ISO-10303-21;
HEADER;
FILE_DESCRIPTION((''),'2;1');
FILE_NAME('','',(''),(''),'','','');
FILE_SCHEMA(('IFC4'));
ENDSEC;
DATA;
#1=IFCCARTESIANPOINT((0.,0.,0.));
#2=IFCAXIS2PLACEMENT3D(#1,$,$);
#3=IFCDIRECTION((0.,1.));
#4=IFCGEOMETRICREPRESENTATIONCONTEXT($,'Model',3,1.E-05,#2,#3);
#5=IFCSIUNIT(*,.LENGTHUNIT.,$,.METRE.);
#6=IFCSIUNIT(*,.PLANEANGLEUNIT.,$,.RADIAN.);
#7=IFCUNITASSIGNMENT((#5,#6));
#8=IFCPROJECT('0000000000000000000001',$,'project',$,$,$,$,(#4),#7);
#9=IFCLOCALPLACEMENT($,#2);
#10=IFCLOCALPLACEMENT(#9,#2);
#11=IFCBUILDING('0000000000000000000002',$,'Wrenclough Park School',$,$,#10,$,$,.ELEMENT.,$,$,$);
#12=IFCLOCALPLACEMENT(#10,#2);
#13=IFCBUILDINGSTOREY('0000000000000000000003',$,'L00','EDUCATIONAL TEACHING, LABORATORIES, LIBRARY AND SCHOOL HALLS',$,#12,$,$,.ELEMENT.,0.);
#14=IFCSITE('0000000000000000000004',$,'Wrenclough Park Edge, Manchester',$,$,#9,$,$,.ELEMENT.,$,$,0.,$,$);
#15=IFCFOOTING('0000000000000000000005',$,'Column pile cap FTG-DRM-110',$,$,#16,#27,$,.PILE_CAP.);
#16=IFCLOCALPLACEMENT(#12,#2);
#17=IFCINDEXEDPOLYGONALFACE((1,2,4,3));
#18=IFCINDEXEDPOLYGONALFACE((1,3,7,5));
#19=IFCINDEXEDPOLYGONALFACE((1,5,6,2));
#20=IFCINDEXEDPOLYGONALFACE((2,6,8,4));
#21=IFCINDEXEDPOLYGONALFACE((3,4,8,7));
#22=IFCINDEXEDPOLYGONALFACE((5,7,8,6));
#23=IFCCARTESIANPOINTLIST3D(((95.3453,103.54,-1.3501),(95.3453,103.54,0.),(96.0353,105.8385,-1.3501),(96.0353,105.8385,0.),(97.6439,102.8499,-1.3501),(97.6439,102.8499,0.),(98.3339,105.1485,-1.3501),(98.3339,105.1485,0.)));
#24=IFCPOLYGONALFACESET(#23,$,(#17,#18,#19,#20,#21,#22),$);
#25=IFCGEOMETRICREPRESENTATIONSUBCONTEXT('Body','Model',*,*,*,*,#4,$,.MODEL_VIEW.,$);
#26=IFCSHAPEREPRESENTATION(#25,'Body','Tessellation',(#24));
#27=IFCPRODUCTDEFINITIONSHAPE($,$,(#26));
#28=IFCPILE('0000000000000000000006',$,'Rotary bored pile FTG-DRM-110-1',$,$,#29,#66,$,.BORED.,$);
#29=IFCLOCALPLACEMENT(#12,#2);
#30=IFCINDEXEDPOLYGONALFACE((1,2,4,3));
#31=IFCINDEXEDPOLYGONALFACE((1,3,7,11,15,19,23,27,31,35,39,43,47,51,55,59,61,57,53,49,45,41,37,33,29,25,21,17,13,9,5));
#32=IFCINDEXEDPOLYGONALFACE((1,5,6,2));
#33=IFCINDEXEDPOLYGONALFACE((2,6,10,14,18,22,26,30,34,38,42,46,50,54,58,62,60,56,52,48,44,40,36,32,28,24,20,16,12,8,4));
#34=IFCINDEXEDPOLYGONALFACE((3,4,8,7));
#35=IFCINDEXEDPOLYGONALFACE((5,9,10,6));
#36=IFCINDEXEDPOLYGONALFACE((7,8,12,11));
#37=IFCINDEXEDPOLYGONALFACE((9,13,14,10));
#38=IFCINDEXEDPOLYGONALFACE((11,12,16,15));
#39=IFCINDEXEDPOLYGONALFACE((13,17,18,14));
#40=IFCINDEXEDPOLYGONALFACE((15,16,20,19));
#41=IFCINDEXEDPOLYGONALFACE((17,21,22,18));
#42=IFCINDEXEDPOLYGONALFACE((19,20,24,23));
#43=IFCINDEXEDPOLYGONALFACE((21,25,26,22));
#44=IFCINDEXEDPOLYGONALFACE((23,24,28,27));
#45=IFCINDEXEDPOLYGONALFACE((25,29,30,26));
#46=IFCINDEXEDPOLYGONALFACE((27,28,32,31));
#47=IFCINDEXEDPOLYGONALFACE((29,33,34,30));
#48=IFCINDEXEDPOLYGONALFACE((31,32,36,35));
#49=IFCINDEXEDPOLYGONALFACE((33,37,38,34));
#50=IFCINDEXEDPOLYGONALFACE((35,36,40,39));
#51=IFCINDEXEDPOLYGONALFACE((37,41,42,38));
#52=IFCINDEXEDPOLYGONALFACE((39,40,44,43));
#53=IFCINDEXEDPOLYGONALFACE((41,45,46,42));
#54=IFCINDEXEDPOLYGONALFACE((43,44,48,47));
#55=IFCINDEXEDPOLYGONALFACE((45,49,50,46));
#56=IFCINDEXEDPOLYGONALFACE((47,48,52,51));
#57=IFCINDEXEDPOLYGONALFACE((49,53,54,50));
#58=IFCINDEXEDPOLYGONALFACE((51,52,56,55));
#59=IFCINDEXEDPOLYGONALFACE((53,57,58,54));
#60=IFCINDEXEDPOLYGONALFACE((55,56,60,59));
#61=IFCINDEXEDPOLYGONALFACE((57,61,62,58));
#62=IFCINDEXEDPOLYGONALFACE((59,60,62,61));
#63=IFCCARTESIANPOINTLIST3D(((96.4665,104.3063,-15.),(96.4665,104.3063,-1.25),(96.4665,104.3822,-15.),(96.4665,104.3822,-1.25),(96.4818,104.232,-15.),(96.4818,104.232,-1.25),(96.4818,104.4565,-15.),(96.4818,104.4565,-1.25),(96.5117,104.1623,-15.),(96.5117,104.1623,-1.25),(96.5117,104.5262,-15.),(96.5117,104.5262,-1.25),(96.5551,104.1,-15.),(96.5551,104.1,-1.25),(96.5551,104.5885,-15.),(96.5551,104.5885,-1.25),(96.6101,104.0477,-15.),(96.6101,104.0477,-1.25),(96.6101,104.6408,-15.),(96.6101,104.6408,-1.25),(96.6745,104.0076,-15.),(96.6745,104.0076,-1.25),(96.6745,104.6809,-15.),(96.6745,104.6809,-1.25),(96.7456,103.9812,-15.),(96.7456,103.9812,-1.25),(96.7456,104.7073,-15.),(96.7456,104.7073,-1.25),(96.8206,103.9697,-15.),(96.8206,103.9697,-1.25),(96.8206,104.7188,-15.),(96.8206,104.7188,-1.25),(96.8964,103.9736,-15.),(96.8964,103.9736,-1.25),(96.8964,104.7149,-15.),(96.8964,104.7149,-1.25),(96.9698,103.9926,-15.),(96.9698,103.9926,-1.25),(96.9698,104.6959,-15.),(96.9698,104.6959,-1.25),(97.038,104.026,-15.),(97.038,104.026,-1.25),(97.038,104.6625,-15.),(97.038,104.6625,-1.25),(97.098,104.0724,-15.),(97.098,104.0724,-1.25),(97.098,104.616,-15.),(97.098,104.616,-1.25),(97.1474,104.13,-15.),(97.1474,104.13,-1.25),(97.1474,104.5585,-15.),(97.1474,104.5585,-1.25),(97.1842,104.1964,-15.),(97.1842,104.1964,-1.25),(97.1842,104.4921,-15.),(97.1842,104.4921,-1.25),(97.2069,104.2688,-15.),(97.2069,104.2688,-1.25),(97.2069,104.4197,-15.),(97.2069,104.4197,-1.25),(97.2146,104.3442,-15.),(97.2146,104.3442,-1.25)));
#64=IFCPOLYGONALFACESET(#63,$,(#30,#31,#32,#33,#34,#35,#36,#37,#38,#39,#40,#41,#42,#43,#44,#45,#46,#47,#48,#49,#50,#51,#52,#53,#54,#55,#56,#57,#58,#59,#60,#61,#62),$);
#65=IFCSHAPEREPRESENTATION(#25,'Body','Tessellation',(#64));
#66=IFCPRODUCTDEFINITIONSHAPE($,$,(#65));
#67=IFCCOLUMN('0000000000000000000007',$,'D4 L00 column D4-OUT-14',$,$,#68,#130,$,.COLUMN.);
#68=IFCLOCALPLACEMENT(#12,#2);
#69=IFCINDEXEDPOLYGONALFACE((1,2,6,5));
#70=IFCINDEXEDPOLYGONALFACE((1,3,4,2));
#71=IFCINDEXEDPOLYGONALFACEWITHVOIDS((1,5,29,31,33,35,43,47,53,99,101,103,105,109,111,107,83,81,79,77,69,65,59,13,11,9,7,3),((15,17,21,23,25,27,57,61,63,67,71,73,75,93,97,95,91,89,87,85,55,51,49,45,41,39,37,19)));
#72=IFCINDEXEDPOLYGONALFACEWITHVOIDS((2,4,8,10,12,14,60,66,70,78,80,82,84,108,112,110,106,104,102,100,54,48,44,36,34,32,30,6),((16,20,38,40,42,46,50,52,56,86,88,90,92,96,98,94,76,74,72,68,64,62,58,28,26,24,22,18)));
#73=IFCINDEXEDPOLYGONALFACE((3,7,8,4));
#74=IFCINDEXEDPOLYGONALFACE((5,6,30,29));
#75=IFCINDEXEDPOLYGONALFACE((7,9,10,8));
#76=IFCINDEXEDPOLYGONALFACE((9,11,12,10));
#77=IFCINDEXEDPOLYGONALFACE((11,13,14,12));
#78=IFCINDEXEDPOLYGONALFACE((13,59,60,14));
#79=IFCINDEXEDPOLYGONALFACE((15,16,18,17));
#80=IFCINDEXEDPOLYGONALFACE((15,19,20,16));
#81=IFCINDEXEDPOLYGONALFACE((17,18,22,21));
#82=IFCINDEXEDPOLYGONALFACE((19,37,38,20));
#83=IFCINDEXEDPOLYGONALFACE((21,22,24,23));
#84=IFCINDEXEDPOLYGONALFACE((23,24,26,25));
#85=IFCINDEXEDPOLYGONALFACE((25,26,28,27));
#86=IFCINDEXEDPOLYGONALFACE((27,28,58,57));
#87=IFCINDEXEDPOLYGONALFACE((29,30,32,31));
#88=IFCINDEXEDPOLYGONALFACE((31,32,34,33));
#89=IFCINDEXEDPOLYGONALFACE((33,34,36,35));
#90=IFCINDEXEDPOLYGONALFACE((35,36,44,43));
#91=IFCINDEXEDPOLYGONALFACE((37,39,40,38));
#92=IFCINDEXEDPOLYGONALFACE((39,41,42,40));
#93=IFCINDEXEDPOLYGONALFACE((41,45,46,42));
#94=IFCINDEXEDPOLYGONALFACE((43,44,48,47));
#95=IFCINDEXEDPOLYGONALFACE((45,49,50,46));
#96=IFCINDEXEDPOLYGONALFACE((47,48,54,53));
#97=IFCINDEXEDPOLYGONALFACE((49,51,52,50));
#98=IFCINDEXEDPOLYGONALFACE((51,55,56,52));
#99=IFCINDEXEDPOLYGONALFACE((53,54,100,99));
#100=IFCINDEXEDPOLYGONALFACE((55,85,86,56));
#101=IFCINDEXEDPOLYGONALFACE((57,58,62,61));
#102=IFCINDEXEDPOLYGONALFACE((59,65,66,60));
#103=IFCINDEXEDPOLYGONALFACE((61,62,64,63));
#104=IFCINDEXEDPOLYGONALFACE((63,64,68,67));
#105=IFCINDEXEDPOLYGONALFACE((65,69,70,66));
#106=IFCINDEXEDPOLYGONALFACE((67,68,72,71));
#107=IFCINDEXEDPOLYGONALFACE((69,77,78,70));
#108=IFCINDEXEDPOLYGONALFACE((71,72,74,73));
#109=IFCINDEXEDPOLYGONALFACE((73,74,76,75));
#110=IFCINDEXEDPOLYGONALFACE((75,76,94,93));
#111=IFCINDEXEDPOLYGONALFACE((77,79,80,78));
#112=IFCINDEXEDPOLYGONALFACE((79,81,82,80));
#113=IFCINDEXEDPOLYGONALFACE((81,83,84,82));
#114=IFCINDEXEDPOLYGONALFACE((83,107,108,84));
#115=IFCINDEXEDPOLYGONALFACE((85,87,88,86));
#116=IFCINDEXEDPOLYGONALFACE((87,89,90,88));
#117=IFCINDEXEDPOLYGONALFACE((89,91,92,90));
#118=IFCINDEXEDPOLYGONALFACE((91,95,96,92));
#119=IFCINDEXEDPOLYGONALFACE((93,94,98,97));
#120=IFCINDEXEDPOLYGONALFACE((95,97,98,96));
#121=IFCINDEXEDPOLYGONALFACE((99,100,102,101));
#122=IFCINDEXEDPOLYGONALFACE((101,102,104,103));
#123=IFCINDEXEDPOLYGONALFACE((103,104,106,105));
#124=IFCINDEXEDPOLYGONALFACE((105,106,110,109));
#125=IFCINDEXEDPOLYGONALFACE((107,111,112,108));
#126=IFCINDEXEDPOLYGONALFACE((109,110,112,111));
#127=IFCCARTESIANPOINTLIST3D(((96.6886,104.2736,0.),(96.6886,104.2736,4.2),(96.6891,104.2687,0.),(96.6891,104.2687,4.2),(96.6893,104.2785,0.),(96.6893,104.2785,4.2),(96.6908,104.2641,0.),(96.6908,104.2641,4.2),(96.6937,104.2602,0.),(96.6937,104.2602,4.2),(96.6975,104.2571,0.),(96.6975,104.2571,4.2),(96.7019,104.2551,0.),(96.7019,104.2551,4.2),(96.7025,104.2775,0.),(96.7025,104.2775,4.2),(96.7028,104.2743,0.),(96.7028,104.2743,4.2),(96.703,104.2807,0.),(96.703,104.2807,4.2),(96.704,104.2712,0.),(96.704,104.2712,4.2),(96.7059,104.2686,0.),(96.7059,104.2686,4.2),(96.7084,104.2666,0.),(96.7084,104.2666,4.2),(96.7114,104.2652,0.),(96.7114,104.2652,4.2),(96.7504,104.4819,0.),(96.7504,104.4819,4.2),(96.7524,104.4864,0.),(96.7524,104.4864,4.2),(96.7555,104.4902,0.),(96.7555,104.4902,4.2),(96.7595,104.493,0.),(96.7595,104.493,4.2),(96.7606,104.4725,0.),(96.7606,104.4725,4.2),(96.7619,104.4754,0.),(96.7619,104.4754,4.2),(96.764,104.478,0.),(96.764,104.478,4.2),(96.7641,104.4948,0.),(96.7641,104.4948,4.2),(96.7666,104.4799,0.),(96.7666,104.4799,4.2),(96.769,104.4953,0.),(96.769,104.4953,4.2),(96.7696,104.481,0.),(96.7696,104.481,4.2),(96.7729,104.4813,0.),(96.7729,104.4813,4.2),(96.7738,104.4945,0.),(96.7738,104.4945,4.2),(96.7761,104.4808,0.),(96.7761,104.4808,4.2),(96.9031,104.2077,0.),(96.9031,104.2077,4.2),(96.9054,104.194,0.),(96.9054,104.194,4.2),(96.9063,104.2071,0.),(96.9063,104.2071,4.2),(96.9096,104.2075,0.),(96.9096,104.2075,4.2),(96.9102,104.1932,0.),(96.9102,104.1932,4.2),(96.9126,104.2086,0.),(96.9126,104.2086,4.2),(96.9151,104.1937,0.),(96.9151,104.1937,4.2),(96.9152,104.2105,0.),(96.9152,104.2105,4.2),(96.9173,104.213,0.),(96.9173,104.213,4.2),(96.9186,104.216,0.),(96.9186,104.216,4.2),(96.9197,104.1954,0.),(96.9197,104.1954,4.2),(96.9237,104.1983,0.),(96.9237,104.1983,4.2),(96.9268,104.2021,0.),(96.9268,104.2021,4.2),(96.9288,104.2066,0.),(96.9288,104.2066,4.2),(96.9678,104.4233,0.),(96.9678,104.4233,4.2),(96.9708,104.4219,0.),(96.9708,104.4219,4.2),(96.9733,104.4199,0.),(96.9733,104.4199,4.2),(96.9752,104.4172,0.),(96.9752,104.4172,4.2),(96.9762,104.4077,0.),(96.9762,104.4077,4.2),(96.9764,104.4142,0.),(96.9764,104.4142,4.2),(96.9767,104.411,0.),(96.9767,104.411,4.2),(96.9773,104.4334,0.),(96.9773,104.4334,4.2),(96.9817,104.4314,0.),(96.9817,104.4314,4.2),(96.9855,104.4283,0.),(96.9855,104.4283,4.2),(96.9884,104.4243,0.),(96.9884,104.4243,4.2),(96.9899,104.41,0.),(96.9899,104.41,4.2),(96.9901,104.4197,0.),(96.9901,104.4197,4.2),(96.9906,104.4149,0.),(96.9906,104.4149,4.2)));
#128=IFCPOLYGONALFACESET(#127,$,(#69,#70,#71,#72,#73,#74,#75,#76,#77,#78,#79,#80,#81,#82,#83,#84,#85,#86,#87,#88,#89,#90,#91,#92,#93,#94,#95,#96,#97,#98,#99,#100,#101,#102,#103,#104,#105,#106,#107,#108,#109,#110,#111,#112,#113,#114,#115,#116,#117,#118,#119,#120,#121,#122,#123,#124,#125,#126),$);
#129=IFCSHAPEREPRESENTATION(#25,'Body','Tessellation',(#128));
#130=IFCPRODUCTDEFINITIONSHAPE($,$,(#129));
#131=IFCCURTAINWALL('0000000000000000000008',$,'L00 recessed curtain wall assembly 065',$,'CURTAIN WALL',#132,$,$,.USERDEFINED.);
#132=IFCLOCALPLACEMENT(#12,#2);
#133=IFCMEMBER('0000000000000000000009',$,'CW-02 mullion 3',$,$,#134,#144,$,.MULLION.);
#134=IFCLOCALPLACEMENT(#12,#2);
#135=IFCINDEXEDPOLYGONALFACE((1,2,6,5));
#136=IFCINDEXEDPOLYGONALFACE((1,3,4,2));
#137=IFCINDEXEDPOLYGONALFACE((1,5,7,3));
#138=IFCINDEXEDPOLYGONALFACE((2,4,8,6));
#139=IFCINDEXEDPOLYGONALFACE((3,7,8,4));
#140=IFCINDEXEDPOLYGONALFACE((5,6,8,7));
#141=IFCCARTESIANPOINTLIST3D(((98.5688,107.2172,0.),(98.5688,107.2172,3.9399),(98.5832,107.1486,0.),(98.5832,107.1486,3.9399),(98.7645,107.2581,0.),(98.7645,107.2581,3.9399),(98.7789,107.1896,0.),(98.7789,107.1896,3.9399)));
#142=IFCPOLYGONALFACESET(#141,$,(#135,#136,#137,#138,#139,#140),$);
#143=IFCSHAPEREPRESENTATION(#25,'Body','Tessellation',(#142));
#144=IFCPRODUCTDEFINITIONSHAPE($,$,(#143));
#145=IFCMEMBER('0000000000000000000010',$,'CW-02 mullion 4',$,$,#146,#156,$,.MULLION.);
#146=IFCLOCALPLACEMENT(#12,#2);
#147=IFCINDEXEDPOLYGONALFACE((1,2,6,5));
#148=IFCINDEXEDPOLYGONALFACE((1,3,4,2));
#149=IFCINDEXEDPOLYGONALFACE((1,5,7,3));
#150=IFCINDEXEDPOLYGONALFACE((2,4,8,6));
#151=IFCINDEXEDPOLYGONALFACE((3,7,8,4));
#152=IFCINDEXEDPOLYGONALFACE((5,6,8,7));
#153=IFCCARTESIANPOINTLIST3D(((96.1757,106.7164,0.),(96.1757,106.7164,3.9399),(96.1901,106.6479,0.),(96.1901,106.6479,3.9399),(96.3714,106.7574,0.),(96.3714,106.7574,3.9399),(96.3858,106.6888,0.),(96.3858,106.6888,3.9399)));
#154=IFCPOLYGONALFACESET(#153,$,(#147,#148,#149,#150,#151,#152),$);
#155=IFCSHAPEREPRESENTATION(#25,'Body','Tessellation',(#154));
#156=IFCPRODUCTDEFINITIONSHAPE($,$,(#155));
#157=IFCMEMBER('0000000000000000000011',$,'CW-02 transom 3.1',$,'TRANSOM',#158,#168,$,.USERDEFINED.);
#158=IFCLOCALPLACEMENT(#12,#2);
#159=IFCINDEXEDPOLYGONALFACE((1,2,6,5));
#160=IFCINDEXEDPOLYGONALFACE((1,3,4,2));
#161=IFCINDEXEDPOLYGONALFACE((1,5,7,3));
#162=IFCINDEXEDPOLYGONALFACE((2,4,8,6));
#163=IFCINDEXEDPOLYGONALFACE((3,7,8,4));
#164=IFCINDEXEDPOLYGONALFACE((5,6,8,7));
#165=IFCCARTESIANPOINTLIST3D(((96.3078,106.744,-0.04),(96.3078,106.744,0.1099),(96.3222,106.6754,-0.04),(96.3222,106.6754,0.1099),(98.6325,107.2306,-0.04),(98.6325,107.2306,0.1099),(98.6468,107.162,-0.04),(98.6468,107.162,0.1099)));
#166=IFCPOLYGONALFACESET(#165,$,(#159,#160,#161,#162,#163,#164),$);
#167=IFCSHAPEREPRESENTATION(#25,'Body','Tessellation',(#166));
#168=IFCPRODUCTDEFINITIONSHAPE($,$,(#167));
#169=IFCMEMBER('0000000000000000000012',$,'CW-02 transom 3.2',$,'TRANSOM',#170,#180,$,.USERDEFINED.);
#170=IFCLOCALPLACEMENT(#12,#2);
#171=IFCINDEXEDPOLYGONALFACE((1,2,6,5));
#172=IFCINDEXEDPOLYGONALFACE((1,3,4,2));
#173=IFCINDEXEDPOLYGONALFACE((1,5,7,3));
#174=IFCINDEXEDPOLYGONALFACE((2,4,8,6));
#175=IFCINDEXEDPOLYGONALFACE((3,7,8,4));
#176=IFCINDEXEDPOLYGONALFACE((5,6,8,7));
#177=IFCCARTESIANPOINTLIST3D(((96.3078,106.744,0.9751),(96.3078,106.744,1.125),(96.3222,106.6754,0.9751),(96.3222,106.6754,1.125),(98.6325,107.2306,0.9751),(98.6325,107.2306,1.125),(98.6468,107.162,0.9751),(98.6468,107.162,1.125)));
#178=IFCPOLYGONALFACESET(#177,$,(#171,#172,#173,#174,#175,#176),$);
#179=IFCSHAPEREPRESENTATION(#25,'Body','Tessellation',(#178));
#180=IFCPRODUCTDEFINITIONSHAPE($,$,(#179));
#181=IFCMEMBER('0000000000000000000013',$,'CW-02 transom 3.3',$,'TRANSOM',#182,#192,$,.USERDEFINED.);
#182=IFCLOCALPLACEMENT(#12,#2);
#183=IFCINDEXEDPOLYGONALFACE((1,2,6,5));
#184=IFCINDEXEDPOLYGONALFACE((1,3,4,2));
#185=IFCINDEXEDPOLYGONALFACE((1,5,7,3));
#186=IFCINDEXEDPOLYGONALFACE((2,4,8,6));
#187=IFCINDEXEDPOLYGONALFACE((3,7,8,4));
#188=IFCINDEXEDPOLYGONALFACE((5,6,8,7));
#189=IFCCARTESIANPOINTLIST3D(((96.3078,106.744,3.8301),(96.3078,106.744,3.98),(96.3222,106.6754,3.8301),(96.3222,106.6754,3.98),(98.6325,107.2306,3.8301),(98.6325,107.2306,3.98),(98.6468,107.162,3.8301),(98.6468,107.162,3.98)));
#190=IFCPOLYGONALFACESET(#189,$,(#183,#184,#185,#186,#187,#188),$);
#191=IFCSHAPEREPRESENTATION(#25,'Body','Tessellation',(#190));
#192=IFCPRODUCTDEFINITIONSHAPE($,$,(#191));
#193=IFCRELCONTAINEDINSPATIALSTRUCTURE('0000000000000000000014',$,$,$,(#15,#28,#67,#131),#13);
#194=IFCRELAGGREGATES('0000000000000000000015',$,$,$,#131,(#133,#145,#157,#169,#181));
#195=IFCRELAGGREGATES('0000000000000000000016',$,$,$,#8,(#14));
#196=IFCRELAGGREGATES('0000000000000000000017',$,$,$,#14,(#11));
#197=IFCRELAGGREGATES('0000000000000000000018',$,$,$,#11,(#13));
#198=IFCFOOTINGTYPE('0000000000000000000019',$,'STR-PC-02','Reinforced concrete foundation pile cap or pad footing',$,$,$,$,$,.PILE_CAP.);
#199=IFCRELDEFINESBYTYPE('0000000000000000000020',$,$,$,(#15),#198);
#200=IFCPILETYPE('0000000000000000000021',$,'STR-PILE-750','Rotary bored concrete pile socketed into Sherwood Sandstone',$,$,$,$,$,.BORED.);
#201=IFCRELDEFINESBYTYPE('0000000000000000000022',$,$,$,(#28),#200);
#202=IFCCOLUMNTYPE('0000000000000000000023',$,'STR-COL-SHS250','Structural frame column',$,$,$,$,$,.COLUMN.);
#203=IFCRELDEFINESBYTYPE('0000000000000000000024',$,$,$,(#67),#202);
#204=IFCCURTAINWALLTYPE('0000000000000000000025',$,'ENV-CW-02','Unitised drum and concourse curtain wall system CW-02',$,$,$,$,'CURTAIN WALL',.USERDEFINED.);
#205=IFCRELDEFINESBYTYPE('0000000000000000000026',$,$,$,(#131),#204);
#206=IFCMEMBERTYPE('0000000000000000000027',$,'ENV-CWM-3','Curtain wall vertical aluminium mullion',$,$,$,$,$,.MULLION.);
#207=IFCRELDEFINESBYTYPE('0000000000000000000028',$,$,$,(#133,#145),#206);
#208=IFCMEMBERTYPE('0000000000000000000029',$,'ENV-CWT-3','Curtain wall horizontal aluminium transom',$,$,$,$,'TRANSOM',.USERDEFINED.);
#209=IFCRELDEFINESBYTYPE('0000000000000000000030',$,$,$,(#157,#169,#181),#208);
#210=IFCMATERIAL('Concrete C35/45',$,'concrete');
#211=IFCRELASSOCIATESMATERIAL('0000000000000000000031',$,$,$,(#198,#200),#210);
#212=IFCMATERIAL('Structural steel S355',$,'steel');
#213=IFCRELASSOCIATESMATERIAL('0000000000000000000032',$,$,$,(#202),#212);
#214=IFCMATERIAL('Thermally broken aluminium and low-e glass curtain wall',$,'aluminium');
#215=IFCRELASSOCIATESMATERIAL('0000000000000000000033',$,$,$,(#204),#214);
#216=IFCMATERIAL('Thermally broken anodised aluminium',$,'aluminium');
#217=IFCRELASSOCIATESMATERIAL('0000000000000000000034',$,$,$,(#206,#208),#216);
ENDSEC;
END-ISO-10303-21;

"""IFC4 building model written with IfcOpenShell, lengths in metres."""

from ifc_helpers import new_model, si_unit, direction, frame, origin, origin_2d, place, context, subcontext, project, spatial, rectangle, hollow_rectangle, circle, extrude, material, material_profile, profile_set, type_object, element, aggregate, save


model = new_model("IFC4")

# Units and contexts
model_context = context("Model", 3, precision=1e-05, world=origin(), true_north=direction((0.0, 1.0)))
body_context = subcontext(model_context, "Body", "Model", "MODEL_VIEW")
ifc_project = project(units=[si_unit("LENGTHUNIT", "METRE"), si_unit("PLANEANGLEUNIT", "RADIAN")], contexts=[model_context])

# Site, building, storey
site_placement = place(None, origin())
site = spatial("IfcSite", under=ifc_project, at=site_placement, Name="Wrenclough Park Edge, Manchester", CompositionType="ELEMENT", RefElevation=0.0)
building_placement = place(site_placement, origin())
building = spatial("IfcBuilding", under=site, at=building_placement, Name="Wrenclough Park School", CompositionType="ELEMENT")
storey_placement = place(building_placement, origin())
storey = spatial("IfcBuildingStorey", under=building, at=storey_placement, Name="L00", Description="EDUCATIONAL TEACHING, LABORATORIES, LIBRARY AND SCHOOL HALLS", CompositionType="ELEMENT", Elevation=0.0)

# Footing
ifc_material_1 = material(Name="Concrete C35/45", Category="concrete")
footing_type = type_object("IfcFootingType", Name="STR-PC-02", Description="Reinforced concrete foundation pile cap or pad footing", PredefinedType="PILE_CAP", material=ifc_material_1)
footing_placement = place(storey_placement, frame((96.8396, 104.3442, -1.3501), z_axis=(0.0, 0.0, 1.0), x_axis=(0.287528, 0.957772, 0.0)))
element("IfcFooting", 1, at=footing_placement, inside=storey, type_object=footing_type, Name="Column pile cap FTG-DRM-110", PredefinedType="PILE_CAP", context=body_context, shape_type="SweptSolid", body=[
    extrude(rectangle(XDim=2.3999, YDim=2.3999, at=origin_2d()), origin(), (0.0, 0.0, 1.0), 1.3501),
])

# Pile
ifc_material_profile_1 = material_profile(ifc_material_1, circle(Radius=0.375, at=origin_2d()), Name="BORED PILE D750")
ifc_profile_set_1 = profile_set([ifc_material_profile_1], Name="Concrete C35/45")
pile_type = type_object("IfcPileType", Name="STR-PILE-750", Description="Rotary bored concrete pile socketed into Sherwood Sandstone", PredefinedType="BORED", material=ifc_profile_set_1)
pile_placement = place(storey_placement, frame((96.8396, 104.3442, -1.25), z_axis=(0.0, 0.0, -1.0), x_axis=(1.0, 0.0, 0.0)))
element("IfcPile", 2, at=pile_placement, inside=storey, type_object=pile_type, Name="Rotary bored pile FTG-DRM-110-1", PredefinedType="BORED", context=body_context, shape_type="SweptSolid", body=[
    extrude(circle(Radius=0.375, at=origin_2d()), origin(), (0.0, 0.0, 1.0), 13.75),
])

# Column
ifc_material_2 = material(Name="Structural steel S355", Category="steel")
ifc_material_profile_2 = material_profile(ifc_material_2, hollow_rectangle(XDim=0.25, YDim=0.25, WallThickness=0.0125, InnerFilletRadius=0.0125, OuterFilletRadius=0.0188, at=origin_2d()), Name="SHS 250x250x12.5")
ifc_profile_set_2 = profile_set([ifc_material_profile_2], Name="Structural steel S355")
column_type = type_object("IfcColumnType", Name="STR-COL-SHS250", Description="Structural frame column", PredefinedType="COLUMN", material=ifc_profile_set_2)
column_placement = place(storey_placement, frame((96.8396, 104.3442, 0.0), z_axis=(0.0, 0.0, 1.0), x_axis=(0.287528, 0.957772, 0.0)))
element("IfcColumn", 3, at=column_placement, inside=storey, type_object=column_type, Name="D4 L00 column D4-OUT-14", PredefinedType="COLUMN", context=body_context, shape_type="SweptSolid", body=[
    extrude(hollow_rectangle(XDim=0.25, YDim=0.25, WallThickness=0.0125, InnerFilletRadius=0.0125, OuterFilletRadius=0.0188, at=origin_2d()), origin(), (0.0, 0.0, 1.0), 4.2),
])

# Curtain wall, members
ifc_material_3 = material(Name="Thermally broken aluminium and low-e glass curtain wall", Category="aluminium")
curtain_wall_type = type_object("IfcCurtainWallType", Name="ENV-CW-02", Description="Unitised drum and concourse curtain wall system CW-02", ElementType="CURTAIN WALL", PredefinedType="USERDEFINED", material=ifc_material_3)
curtain_wall_placement = place(storey_placement, origin())
curtain_wall = element("IfcCurtainWall", 4, at=curtain_wall_placement, inside=storey, type_object=curtain_wall_type, Name="L00 recessed curtain wall assembly 065", ObjectType="CURTAIN WALL", PredefinedType="USERDEFINED")
ifc_material_4 = material(Name="Thermally broken anodised aluminium", Category="aluminium")
ifc_material_profile_3 = material_profile(ifc_material_4, rectangle(XDim=0.0701, YDim=0.2, at=origin_2d()), Name="AL MULLION 70x200")
ifc_profile_set_3 = profile_set([ifc_material_profile_3], Name="Thermally broken anodised aluminium")
member_type_1 = type_object("IfcMemberType", Name="ENV-CWM-3", Description="Curtain wall vertical aluminium mullion", PredefinedType="MULLION", material=ifc_profile_set_3)
member_1_placement = place(storey_placement, frame((98.6738, 107.2034, 0.0), z_axis=(0.0, 0.0, 1.0), x_axis=(0.204874, -0.978788, 0.0)))
member_1 = element("IfcMember", 5, at=member_1_placement, type_object=member_type_1, Name="CW-02 mullion 3", PredefinedType="MULLION", context=body_context, shape_type="SweptSolid", body=[
    extrude(rectangle(XDim=0.0701, YDim=0.2, at=origin_2d()), origin(), (0.0, 0.0, 1.0), 3.9399),
])
member_2_placement = place(storey_placement, frame((96.2808, 106.7026, 0.0), z_axis=(0.0, 0.0, 1.0), x_axis=(0.204874, -0.978788, 0.0)))
member_2 = element("IfcMember", 6, at=member_2_placement, type_object=member_type_1, Name="CW-02 mullion 4", PredefinedType="MULLION", context=body_context, shape_type="SweptSolid", body=[
    extrude(rectangle(XDim=0.0701, YDim=0.2, at=origin_2d()), origin(), (0.0, 0.0, 1.0), 3.9399),
])
ifc_material_profile_4 = material_profile(ifc_material_4, rectangle(XDim=0.0701, YDim=0.1499, at=origin_2d()), Name="AL TRANSOM 70x150")
ifc_profile_set_4 = profile_set([ifc_material_profile_4], Name="Thermally broken anodised aluminium")
member_type_2 = type_object("IfcMemberType", Name="ENV-CWT-3", Description="Curtain wall horizontal aluminium transom", ElementType="TRANSOM", PredefinedType="USERDEFINED", material=ifc_profile_set_4)
member_3_placement = place(storey_placement, frame((98.6396, 107.1963, 0.0349), z_axis=(-0.97879, -0.204865, 0.0), x_axis=(0.204865, -0.97879, 0.0)))
member_3 = element("IfcMember", 7, at=member_3_placement, type_object=member_type_2, Name="CW-02 transom 3.1", ObjectType="TRANSOM", PredefinedType="USERDEFINED", context=body_context, shape_type="SweptSolid", body=[
    extrude(rectangle(XDim=0.0701, YDim=0.1499, at=origin_2d()), origin(), (0.0, 0.0, 1.0), 2.375),
])
member_4_placement = place(storey_placement, frame((98.6396, 107.1963, 1.05), z_axis=(-0.97879, -0.204865, 0.0), x_axis=(0.204865, -0.97879, 0.0)))
member_4 = element("IfcMember", 8, at=member_4_placement, type_object=member_type_2, Name="CW-02 transom 3.2", ObjectType="TRANSOM", PredefinedType="USERDEFINED", context=body_context, shape_type="SweptSolid", body=[
    extrude(rectangle(XDim=0.0701, YDim=0.1499, at=origin_2d()), origin(), (0.0, 0.0, 1.0), 2.375),
])
member_5_placement = place(storey_placement, frame((98.6396, 107.1963, 3.905), z_axis=(-0.97879, -0.204865, 0.0), x_axis=(0.204865, -0.97879, 0.0)))
member_5 = element("IfcMember", 9, at=member_5_placement, type_object=member_type_2, Name="CW-02 transom 3.3", ObjectType="TRANSOM", PredefinedType="USERDEFINED", context=body_context, shape_type="SweptSolid", body=[
    extrude(rectangle(XDim=0.0701, YDim=0.1499, at=origin_2d()), origin(), (0.0, 0.0, 1.0), 2.375),
])

aggregate(curtain_wall, [member_1, member_2, member_3, member_4, member_5])

save(model, "model.ifc")
